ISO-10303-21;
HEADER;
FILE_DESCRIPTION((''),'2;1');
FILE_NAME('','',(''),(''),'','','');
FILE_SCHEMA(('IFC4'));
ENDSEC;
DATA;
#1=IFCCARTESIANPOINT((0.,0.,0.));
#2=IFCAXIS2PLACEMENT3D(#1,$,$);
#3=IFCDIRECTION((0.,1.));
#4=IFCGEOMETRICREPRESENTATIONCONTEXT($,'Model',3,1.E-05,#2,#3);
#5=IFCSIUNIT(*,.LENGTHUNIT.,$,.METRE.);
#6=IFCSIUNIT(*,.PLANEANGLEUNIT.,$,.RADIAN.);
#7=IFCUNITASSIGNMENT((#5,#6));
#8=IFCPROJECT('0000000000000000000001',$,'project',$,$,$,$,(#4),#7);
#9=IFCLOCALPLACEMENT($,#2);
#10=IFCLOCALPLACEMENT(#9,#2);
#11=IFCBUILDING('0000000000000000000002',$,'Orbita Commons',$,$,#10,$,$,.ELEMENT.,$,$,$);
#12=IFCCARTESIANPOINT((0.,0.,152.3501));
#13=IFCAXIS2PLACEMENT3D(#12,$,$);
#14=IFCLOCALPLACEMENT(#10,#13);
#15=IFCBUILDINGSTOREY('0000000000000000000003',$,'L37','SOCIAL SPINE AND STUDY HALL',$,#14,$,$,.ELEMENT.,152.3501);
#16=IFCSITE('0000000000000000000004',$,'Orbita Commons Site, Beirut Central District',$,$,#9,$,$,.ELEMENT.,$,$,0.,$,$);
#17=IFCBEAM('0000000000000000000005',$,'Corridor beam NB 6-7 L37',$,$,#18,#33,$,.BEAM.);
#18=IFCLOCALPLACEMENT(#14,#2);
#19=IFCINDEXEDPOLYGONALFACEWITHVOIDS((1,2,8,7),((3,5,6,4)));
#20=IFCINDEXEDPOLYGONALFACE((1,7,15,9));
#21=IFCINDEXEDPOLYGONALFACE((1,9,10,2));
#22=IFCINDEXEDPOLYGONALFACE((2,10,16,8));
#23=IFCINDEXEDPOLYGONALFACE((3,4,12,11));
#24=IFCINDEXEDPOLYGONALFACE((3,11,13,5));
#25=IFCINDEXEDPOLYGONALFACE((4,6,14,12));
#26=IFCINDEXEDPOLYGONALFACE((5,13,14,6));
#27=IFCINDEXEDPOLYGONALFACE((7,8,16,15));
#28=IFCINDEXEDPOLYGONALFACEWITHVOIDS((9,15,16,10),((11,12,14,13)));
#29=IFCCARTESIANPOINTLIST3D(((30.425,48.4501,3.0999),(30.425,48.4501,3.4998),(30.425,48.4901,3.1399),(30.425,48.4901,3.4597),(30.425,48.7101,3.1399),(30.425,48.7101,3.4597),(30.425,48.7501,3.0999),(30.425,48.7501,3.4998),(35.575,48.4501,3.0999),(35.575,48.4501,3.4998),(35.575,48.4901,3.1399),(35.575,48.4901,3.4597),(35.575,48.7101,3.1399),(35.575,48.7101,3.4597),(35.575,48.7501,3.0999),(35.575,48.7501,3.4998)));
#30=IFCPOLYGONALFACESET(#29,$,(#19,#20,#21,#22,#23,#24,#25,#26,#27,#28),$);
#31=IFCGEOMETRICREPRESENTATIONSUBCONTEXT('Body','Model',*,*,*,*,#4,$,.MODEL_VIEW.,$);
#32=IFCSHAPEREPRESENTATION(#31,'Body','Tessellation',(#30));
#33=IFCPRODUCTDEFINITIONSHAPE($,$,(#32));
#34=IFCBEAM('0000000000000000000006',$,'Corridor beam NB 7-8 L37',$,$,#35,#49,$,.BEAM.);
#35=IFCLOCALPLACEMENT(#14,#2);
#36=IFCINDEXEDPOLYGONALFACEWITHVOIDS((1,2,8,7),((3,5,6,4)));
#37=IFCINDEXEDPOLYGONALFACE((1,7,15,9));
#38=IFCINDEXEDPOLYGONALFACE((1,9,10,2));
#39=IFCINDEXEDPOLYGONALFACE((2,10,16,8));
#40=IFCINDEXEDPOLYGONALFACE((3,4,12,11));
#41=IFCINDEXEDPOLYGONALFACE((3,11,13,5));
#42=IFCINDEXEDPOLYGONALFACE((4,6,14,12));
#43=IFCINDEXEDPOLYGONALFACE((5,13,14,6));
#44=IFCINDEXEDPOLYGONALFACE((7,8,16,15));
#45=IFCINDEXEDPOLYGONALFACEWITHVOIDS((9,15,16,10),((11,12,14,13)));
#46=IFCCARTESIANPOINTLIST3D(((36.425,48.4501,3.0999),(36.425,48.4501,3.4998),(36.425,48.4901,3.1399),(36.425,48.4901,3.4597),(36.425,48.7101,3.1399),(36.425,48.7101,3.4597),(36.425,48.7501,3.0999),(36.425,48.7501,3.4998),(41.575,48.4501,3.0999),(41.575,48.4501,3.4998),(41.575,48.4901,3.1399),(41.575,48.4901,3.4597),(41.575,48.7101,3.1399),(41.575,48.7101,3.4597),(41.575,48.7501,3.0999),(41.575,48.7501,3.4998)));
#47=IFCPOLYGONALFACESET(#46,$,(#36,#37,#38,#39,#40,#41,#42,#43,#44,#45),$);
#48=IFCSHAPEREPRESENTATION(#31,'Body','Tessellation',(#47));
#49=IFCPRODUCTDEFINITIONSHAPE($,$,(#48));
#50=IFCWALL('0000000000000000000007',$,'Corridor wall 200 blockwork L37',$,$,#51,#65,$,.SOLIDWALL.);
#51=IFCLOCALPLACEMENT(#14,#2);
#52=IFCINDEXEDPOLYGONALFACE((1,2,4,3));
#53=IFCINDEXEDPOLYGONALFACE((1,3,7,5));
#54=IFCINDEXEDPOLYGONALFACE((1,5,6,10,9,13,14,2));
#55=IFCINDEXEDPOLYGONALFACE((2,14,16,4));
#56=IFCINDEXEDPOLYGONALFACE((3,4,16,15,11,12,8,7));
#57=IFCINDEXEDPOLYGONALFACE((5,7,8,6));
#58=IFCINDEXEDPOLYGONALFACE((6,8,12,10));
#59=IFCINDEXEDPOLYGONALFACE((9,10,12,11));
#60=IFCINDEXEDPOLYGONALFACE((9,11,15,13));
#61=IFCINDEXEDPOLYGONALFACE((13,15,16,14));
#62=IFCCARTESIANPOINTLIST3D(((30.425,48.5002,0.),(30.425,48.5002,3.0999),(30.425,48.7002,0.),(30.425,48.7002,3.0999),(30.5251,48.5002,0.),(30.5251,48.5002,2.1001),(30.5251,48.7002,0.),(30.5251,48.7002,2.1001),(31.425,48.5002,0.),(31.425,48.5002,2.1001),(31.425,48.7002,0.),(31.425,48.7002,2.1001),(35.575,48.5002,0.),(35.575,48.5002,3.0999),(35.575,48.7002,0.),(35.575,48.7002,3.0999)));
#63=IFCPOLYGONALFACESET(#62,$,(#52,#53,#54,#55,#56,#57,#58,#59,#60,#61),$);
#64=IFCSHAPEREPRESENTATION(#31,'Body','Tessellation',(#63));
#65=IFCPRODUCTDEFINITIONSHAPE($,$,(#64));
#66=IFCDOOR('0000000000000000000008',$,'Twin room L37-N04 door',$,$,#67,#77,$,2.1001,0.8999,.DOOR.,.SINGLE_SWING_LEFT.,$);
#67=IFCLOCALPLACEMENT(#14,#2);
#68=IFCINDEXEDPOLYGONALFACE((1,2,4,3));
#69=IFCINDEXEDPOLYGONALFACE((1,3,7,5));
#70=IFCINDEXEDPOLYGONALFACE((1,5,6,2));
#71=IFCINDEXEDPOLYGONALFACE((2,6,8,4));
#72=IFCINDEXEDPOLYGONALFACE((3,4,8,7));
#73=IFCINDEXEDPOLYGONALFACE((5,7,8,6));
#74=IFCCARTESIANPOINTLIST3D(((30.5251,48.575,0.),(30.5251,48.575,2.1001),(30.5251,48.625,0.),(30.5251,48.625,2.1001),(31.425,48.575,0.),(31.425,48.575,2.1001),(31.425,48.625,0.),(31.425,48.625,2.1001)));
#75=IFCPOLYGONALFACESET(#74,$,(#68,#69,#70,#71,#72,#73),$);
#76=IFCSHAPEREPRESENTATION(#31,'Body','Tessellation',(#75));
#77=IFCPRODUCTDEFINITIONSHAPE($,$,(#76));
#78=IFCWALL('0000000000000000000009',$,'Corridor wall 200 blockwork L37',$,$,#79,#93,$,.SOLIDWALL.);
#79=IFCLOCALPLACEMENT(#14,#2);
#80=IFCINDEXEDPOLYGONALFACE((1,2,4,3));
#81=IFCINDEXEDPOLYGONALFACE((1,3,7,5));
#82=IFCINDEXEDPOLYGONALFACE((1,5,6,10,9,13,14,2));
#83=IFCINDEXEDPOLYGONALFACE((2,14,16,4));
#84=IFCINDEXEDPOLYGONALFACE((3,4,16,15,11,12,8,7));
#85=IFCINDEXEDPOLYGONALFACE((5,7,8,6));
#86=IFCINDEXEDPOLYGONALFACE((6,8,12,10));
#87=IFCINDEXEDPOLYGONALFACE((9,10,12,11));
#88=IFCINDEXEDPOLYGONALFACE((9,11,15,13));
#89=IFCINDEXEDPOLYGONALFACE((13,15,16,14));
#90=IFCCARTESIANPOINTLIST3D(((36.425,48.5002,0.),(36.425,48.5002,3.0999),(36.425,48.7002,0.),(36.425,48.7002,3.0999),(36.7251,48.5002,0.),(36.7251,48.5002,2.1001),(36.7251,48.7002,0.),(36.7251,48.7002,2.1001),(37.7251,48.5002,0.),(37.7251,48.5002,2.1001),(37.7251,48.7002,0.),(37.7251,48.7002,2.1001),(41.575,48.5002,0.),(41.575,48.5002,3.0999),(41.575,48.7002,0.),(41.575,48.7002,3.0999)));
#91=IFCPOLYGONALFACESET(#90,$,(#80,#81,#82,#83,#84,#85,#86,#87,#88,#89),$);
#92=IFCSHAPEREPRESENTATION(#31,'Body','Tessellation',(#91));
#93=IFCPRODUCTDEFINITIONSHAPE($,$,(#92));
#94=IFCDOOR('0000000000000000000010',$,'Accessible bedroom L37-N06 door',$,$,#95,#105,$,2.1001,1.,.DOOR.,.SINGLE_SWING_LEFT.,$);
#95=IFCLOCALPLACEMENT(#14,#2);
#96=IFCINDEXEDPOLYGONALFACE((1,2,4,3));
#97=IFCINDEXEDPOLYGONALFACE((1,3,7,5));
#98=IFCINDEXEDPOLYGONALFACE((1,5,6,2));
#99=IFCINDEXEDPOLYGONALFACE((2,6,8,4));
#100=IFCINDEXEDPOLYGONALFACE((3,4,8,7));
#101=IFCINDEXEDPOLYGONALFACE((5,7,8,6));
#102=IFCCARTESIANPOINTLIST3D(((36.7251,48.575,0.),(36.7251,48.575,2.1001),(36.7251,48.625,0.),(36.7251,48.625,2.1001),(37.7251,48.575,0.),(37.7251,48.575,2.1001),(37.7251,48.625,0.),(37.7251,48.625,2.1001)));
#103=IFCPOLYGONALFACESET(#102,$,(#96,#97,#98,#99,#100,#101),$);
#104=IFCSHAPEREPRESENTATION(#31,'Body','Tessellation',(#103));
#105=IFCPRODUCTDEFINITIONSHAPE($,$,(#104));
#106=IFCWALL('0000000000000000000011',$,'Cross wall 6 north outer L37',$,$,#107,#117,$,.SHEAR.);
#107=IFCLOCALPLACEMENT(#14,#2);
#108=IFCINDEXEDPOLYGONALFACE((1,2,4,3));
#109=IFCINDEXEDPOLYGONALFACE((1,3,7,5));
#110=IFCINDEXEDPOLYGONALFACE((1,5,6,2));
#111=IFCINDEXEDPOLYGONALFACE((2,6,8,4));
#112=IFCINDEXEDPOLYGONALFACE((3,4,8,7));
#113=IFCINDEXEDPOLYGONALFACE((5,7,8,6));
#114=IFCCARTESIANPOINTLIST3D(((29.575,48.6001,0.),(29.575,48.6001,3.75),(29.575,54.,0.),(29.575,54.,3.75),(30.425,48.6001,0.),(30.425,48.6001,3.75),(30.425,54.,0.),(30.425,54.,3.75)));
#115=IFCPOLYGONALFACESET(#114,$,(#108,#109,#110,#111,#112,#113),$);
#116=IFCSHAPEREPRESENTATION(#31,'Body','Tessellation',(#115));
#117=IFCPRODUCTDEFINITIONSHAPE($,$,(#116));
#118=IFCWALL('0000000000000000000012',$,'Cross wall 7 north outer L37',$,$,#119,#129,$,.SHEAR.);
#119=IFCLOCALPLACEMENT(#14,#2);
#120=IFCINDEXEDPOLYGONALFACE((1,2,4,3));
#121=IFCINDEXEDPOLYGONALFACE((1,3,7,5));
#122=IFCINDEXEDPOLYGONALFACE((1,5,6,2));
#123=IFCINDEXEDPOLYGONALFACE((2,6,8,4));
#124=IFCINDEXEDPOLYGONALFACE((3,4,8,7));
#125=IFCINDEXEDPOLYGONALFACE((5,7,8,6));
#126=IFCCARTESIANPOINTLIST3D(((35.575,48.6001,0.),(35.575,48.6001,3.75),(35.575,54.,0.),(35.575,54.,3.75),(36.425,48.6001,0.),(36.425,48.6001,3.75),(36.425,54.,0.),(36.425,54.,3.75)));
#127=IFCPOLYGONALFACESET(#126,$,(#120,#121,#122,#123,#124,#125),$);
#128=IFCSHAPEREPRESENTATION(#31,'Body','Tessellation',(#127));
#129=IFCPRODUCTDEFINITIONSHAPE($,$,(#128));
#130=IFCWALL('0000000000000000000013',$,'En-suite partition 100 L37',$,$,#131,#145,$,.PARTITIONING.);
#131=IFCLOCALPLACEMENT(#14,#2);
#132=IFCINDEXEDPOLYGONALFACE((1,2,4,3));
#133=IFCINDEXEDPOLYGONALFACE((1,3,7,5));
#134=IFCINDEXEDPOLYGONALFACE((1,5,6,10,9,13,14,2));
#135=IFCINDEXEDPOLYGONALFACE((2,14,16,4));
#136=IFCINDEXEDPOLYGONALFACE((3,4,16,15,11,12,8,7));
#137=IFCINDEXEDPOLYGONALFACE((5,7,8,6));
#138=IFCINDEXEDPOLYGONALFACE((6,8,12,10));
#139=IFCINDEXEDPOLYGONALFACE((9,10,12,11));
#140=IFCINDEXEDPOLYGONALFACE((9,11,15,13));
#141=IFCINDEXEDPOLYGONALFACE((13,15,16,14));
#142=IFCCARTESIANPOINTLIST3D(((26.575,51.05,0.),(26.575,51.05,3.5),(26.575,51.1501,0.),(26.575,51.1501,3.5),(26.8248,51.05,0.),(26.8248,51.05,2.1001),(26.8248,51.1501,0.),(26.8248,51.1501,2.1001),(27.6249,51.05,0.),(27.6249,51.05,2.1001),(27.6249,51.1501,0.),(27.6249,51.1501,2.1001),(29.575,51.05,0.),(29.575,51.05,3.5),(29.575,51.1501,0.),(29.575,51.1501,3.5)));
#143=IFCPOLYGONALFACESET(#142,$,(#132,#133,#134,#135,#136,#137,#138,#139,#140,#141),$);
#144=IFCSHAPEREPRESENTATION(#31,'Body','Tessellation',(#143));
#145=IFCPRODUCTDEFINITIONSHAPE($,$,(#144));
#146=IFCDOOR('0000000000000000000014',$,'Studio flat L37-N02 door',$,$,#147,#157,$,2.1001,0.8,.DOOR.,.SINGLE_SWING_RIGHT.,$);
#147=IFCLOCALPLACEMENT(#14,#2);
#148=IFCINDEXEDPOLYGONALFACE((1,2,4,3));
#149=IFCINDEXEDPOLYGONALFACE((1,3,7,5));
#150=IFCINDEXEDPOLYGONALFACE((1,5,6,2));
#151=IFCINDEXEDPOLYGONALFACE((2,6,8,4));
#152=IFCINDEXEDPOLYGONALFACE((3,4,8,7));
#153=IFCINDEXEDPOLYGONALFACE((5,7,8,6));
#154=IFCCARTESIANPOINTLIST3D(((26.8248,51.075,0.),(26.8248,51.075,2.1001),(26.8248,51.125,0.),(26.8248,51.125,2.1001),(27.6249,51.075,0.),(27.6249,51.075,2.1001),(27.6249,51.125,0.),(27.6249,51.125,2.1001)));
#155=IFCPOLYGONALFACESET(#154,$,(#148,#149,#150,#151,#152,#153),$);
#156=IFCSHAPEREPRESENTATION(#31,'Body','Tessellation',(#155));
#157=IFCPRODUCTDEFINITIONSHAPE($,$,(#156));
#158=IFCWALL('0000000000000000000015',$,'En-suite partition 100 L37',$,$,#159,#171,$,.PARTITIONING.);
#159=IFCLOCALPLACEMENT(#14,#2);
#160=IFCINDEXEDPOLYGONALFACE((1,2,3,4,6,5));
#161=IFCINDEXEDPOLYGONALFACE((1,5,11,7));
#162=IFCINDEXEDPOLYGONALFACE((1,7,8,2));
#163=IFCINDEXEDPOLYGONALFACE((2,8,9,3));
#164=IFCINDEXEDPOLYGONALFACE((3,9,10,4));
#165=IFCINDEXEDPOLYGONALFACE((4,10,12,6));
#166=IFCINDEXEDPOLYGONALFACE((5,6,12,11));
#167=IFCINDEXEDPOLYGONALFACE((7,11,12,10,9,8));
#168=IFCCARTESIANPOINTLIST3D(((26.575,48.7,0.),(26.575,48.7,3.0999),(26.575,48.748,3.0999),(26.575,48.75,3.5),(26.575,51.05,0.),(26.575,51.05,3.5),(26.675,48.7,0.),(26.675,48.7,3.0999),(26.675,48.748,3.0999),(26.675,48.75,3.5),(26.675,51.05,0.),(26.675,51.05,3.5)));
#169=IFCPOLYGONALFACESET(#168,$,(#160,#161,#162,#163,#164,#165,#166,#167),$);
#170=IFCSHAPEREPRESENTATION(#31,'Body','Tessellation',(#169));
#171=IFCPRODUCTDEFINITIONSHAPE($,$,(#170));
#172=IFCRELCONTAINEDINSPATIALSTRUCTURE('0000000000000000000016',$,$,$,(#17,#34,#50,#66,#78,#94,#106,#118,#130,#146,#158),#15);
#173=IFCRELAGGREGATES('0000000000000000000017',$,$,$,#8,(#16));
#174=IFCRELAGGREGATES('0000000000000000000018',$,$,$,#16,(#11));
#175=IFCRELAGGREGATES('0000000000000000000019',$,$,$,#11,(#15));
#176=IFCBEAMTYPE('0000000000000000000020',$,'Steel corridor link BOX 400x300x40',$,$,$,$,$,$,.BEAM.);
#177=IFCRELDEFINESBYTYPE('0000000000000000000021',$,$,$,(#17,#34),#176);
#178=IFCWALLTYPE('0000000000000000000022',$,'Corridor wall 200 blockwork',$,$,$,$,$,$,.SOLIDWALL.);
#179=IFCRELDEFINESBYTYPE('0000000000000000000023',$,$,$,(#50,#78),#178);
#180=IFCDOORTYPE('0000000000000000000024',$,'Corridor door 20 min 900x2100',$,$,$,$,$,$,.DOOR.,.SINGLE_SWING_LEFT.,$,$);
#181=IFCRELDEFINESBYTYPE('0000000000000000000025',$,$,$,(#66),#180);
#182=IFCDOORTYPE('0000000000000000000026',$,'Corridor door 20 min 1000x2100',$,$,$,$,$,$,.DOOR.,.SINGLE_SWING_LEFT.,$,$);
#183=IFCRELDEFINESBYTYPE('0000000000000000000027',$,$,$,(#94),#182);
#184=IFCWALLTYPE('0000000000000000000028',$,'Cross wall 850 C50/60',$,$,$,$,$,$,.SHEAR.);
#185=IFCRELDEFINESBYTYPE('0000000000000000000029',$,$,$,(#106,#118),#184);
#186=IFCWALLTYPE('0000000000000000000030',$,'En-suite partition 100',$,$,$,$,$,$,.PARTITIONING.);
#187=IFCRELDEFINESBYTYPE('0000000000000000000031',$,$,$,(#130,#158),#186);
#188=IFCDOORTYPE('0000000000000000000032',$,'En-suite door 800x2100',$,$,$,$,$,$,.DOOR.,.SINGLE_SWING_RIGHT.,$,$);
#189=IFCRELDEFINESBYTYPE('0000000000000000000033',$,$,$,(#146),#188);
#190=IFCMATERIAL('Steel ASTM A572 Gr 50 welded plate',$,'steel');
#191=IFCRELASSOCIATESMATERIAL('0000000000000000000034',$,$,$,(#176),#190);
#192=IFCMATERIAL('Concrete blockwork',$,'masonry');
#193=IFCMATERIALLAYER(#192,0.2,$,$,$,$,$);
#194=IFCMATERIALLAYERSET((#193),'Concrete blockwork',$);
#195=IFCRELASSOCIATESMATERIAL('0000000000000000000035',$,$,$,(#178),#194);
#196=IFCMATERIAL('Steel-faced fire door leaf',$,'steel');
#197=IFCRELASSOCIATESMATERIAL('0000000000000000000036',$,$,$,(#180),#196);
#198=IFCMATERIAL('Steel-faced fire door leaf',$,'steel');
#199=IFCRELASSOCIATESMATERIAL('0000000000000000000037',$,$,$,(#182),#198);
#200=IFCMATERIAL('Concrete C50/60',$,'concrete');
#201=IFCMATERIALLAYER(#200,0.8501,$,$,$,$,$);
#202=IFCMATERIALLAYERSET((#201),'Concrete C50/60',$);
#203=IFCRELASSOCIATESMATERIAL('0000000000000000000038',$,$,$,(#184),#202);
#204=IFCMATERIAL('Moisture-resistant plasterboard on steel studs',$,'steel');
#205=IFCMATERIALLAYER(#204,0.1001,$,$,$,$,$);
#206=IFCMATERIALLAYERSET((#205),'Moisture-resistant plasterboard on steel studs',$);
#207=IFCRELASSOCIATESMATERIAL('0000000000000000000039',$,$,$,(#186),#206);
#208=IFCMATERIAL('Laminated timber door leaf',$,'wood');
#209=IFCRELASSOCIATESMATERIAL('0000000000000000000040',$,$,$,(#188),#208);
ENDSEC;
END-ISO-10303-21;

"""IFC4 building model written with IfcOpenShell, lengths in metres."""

from ifc_helpers import new_model, si_unit, direction, frame, frame_2d, origin, origin_2d, place, context, subcontext, project, spatial, polyline, rectangle, hollow_rectangle, outline, extrude, material, layer, layer_set, material_profile, profile_set, type_object, element, fill, save


model = new_model("IFC4")

# Units and contexts
model_context = context("Model", 3, precision=1e-05, world=origin(), true_north=direction((0.0, 1.0)))
body_context = subcontext(model_context, "Body", "Model", "MODEL_VIEW")
ifc_project = project(units=[si_unit("LENGTHUNIT", "METRE"), si_unit("PLANEANGLEUNIT", "RADIAN")], contexts=[model_context])

# Site, building, storey
site_placement = place(None, origin())
site = spatial("IfcSite", under=ifc_project, at=site_placement, Name="Orbita Commons Site, Beirut Central District", CompositionType="ELEMENT", RefElevation=0.0)
building_placement = place(site_placement, origin())
building = spatial("IfcBuilding", under=site, at=building_placement, Name="Orbita Commons", CompositionType="ELEMENT")
storey_placement = place(building_placement, frame((0.0, 0.0, 152.3501)))
storey = spatial("IfcBuildingStorey", under=building, at=storey_placement, Name="L37", Description="SOCIAL SPINE AND STUDY HALL", CompositionType="ELEMENT", Elevation=152.3501)

# Beams
ifc_material_1 = material(Name="Steel ASTM A572 Gr 50 welded plate", Category="steel")
ifc_material_profile = material_profile(ifc_material_1, hollow_rectangle(XDim=0.3, YDim=0.3999, WallThickness=0.04, at=origin_2d()), Name="BOX 400x300x40")
ifc_profile_set = profile_set([ifc_material_profile], Name="Steel ASTM A572 Gr 50 welded plate")
beam_type = type_object("IfcBeamType", Name="Steel corridor link BOX 400x300x40", PredefinedType="BEAM", material=ifc_profile_set)
for number, where, z_axis, x_axis, name in (
    (1, (30.425, 48.6001, 3.2998), (1.0, 0.0, 0.0), (0.0, 1.0, 0.0), "Corridor beam NB 6-7 L37"),
    (2, (36.425, 48.6001, 3.2998), (1.0, 0.0, 0.0), (0.0, 1.0, 0.0), "Corridor beam NB 7-8 L37"),
):
    element("IfcBeam", number, at=place(storey_placement, frame(where, z_axis=z_axis, x_axis=x_axis)), inside=storey, type_object=beam_type, Name=name, PredefinedType="BEAM", context=body_context, shape_type="SweptSolid", body=[
        extrude(hollow_rectangle(XDim=0.3, YDim=0.3999, WallThickness=0.04, at=origin_2d()), origin(), (0.0, 0.0, 1.0), 5.1499),
    ])

# Walls, openings, doors
ifc_material_2 = material(Name="Concrete blockwork", Category="masonry")
ifc_layer_1 = layer(ifc_material_2, 0.2)
ifc_layer_set_1 = layer_set([ifc_layer_1], Name="Concrete blockwork")
wall_type_1 = type_object("IfcWallType", Name="Corridor wall 200 blockwork", PredefinedType="SOLIDWALL", material=ifc_layer_set_1)
wall_1_placement = place(storey_placement, frame((30.425, 48.6001, 0.0), z_axis=(0.0, 0.0, 1.0), x_axis=(1.0, 0.0, 0.0)))
wall_1 = element("IfcWall", 3, at=wall_1_placement, inside=storey, type_object=wall_type_1, Name="Corridor wall 200 blockwork L37", PredefinedType="SOLIDWALL", context=body_context, shape_type="SweptSolid", body=[
    extrude(outline(polyline([(0.0, 0.0), (5.1499, 0.0), (5.1499, 3.0999), (0.0, 3.0999), (0.0, 0.0)])), frame((0.0, 0.1001, 0.0), z_axis=(0.0, -1.0, 0.0), x_axis=(1.0, 0.0, 0.0)), (0.0, 0.0, 1.0), 0.2),
])
opening_1_placement = place(wall_1_placement, frame((0.1001, 0.0, 0.0)))
opening_1 = element("IfcOpeningElement", 4, at=opening_1_placement, cuts=wall_1, PredefinedType="OPENING", context=body_context, shape_type="SweptSolid", body=[
    extrude(rectangle(XDim=0.8999, YDim=2.1001, at=frame_2d((0.45, 1.05))), frame((0.0, 0.1099, 0.0), z_axis=(0.0, -1.0, 0.0), x_axis=(1.0, 0.0, 0.0)), (0.0, 0.0, 1.0), 0.22),
])
ifc_material_3 = material(Name="Steel-faced fire door leaf", Category="steel")
door_type_1 = type_object("IfcDoorType", Name="Corridor door 20 min 900x2100", OperationType="SINGLE_SWING_LEFT", PredefinedType="DOOR", material=ifc_material_3)
door_1_placement = place(opening_1_placement, origin())
door_1 = element("IfcDoor", 5, at=door_1_placement, inside=storey, type_object=door_type_1, Name="Twin room L37-N04 door", OperationType="SINGLE_SWING_LEFT", OverallHeight=2.1001, OverallWidth=0.8999, PredefinedType="DOOR", context=body_context, shape_type="SweptSolid", body=[
    extrude(rectangle(XDim=0.8999, YDim=2.1001, at=frame_2d((0.45, 1.05))), frame((0.0, 0.0249, 0.0), z_axis=(0.0, -1.0, 0.0), x_axis=(1.0, 0.0, 0.0)), (0.0, 0.0, 1.0), 0.05),
])
fill(opening_1, door_1)
wall_2_placement = place(storey_placement, frame((36.425, 48.6001, 0.0), z_axis=(0.0, 0.0, 1.0), x_axis=(1.0, 0.0, 0.0)))
wall_2 = element("IfcWall", 6, at=wall_2_placement, inside=storey, type_object=wall_type_1, Name="Corridor wall 200 blockwork L37", PredefinedType="SOLIDWALL", context=body_context, shape_type="SweptSolid", body=[
    extrude(outline(polyline([(0.0, 0.0), (5.1499, 0.0), (5.1499, 3.0999), (0.0, 3.0999), (0.0, 0.0)])), frame((0.0, 0.1001, 0.0), z_axis=(0.0, -1.0, 0.0), x_axis=(1.0, 0.0, 0.0)), (0.0, 0.0, 1.0), 0.2),
])
opening_2_placement = place(wall_2_placement, frame((0.3, 0.0, 0.0)))
opening_2 = element("IfcOpeningElement", 7, at=opening_2_placement, cuts=wall_2, PredefinedType="OPENING", context=body_context, shape_type="SweptSolid", body=[
    extrude(rectangle(XDim=1.0, YDim=2.1001, at=frame_2d((0.5, 1.05))), frame((0.0, 0.1099, 0.0), z_axis=(0.0, -1.0, 0.0), x_axis=(1.0, 0.0, 0.0)), (0.0, 0.0, 1.0), 0.22),
])
ifc_material_4 = material(Name="Steel-faced fire door leaf", Category="steel")
door_type_2 = type_object("IfcDoorType", Name="Corridor door 20 min 1000x2100", OperationType="SINGLE_SWING_LEFT", PredefinedType="DOOR", material=ifc_material_4)
door_2_placement = place(opening_2_placement, origin())
door_2 = element("IfcDoor", 8, at=door_2_placement, inside=storey, type_object=door_type_2, Name="Accessible bedroom L37-N06 door", OperationType="SINGLE_SWING_LEFT", OverallHeight=2.1001, OverallWidth=1.0, PredefinedType="DOOR", context=body_context, shape_type="SweptSolid", body=[
    extrude(rectangle(XDim=1.0, YDim=2.1001, at=frame_2d((0.5, 1.05))), frame((0.0, 0.0249, 0.0), z_axis=(0.0, -1.0, 0.0), x_axis=(1.0, 0.0, 0.0)), (0.0, 0.0, 1.0), 0.05),
])
fill(opening_2, door_2)

# Walls
ifc_material_5 = material(Name="Concrete C50/60", Category="concrete")
ifc_layer_2 = layer(ifc_material_5, 0.8501)
ifc_layer_set_2 = layer_set([ifc_layer_2], Name="Concrete C50/60")
wall_type_2 = type_object("IfcWallType", Name="Cross wall 850 C50/60", PredefinedType="SHEAR", material=ifc_layer_set_2)
for number, where, z_axis, x_axis, name in (
    (9, (30.0, 48.6001, 0.0), (0.0, 0.0, 1.0), (0.0, 1.0, 0.0), "Cross wall 6 north outer L37"),
    (10, (36.0, 48.6001, 0.0), (0.0, 0.0, 1.0), (0.0, 1.0, 0.0), "Cross wall 7 north outer L37"),
):
    element("IfcWall", number, at=place(storey_placement, frame(where, z_axis=z_axis, x_axis=x_axis)), inside=storey, type_object=wall_type_2, Name=name, PredefinedType="SHEAR", context=body_context, shape_type="SweptSolid", body=[
        extrude(rectangle(XDim=5.3999, YDim=0.8501, at=frame_2d((2.7, 0.0))), origin(), (0.0, 0.0, 1.0), 3.75),
    ])

# Wall, opening, door
ifc_material_6 = material(Name="Moisture-resistant plasterboard on steel studs", Category="steel")
ifc_layer_3 = layer(ifc_material_6, 0.1001)
ifc_layer_set_3 = layer_set([ifc_layer_3], Name="Moisture-resistant plasterboard on steel studs")
wall_type_3 = type_object("IfcWallType", Name="En-suite partition 100", PredefinedType="PARTITIONING", material=ifc_layer_set_3)
wall_3_placement = place(storey_placement, frame((26.575, 51.1001, 0.0), z_axis=(0.0, 0.0, 1.0), x_axis=(1.0, 0.0, 0.0)))
wall_3 = element("IfcWall", 11, at=wall_3_placement, inside=storey, type_object=wall_type_3, Name="En-suite partition 100 L37", PredefinedType="PARTITIONING", context=body_context, shape_type="SweptSolid", body=[
    extrude(rectangle(XDim=3.0, YDim=0.1001, at=frame_2d((1.5, 0.0))), origin(), (0.0, 0.0, 1.0), 3.5),
])
opening_3_placement = place(wall_3_placement, frame((0.25, 0.0, 0.0)))
opening_3 = element("IfcOpeningElement", 12, at=opening_3_placement, cuts=wall_3, PredefinedType="OPENING", context=body_context, shape_type="SweptSolid", body=[
    extrude(rectangle(XDim=0.8, YDim=2.1001, at=frame_2d((0.3999, 1.05))), frame((0.0, 0.0601, 0.0), z_axis=(0.0, -1.0, 0.0), x_axis=(1.0, 0.0, 0.0)), (0.0, 0.0, 1.0), 0.1201),
])
ifc_material_7 = material(Name="Laminated timber door leaf", Category="wood")
door_type_3 = type_object("IfcDoorType", Name="En-suite door 800x2100", OperationType="SINGLE_SWING_RIGHT", PredefinedType="DOOR", material=ifc_material_7)
door_3_placement = place(opening_3_placement, origin())
door_3 = element("IfcDoor", 13, at=door_3_placement, inside=storey, type_object=door_type_3, Name="Studio flat L37-N02 door", OperationType="SINGLE_SWING_RIGHT", OverallHeight=2.1001, OverallWidth=0.8, PredefinedType="DOOR", context=body_context, shape_type="SweptSolid", body=[
    extrude(rectangle(XDim=0.8, YDim=2.1001, at=frame_2d((0.3999, 1.05))), frame((0.0, 0.0249, 0.0), z_axis=(0.0, -1.0, 0.0), x_axis=(1.0, 0.0, 0.0)), (0.0, 0.0, 1.0), 0.05),
])
fill(opening_3, door_3)

# Wall
wall_4_placement = place(storey_placement, frame((26.625, 51.05, 0.0), z_axis=(0.0, 0.0, 1.0), x_axis=(0.0, -1.0, 0.0)))
element("IfcWall", 14, at=wall_4_placement, inside=storey, type_object=wall_type_3, Name="En-suite partition 100 L37", PredefinedType="PARTITIONING", context=body_context, shape_type="SweptSolid", body=[
    extrude(outline(polyline([(0.0, 0.0), (2.3501, 0.0), (2.3501, 3.0999), (2.302, 3.0999), (2.3, 3.5), (0.0, 3.5), (0.0, 0.0)])), frame((0.0, 0.05, 0.0), z_axis=(0.0, -1.0, 0.0), x_axis=(1.0, 0.0, 0.0)), (0.0, 0.0, 1.0), 0.1001),
])

save(model, "model.ifc")
